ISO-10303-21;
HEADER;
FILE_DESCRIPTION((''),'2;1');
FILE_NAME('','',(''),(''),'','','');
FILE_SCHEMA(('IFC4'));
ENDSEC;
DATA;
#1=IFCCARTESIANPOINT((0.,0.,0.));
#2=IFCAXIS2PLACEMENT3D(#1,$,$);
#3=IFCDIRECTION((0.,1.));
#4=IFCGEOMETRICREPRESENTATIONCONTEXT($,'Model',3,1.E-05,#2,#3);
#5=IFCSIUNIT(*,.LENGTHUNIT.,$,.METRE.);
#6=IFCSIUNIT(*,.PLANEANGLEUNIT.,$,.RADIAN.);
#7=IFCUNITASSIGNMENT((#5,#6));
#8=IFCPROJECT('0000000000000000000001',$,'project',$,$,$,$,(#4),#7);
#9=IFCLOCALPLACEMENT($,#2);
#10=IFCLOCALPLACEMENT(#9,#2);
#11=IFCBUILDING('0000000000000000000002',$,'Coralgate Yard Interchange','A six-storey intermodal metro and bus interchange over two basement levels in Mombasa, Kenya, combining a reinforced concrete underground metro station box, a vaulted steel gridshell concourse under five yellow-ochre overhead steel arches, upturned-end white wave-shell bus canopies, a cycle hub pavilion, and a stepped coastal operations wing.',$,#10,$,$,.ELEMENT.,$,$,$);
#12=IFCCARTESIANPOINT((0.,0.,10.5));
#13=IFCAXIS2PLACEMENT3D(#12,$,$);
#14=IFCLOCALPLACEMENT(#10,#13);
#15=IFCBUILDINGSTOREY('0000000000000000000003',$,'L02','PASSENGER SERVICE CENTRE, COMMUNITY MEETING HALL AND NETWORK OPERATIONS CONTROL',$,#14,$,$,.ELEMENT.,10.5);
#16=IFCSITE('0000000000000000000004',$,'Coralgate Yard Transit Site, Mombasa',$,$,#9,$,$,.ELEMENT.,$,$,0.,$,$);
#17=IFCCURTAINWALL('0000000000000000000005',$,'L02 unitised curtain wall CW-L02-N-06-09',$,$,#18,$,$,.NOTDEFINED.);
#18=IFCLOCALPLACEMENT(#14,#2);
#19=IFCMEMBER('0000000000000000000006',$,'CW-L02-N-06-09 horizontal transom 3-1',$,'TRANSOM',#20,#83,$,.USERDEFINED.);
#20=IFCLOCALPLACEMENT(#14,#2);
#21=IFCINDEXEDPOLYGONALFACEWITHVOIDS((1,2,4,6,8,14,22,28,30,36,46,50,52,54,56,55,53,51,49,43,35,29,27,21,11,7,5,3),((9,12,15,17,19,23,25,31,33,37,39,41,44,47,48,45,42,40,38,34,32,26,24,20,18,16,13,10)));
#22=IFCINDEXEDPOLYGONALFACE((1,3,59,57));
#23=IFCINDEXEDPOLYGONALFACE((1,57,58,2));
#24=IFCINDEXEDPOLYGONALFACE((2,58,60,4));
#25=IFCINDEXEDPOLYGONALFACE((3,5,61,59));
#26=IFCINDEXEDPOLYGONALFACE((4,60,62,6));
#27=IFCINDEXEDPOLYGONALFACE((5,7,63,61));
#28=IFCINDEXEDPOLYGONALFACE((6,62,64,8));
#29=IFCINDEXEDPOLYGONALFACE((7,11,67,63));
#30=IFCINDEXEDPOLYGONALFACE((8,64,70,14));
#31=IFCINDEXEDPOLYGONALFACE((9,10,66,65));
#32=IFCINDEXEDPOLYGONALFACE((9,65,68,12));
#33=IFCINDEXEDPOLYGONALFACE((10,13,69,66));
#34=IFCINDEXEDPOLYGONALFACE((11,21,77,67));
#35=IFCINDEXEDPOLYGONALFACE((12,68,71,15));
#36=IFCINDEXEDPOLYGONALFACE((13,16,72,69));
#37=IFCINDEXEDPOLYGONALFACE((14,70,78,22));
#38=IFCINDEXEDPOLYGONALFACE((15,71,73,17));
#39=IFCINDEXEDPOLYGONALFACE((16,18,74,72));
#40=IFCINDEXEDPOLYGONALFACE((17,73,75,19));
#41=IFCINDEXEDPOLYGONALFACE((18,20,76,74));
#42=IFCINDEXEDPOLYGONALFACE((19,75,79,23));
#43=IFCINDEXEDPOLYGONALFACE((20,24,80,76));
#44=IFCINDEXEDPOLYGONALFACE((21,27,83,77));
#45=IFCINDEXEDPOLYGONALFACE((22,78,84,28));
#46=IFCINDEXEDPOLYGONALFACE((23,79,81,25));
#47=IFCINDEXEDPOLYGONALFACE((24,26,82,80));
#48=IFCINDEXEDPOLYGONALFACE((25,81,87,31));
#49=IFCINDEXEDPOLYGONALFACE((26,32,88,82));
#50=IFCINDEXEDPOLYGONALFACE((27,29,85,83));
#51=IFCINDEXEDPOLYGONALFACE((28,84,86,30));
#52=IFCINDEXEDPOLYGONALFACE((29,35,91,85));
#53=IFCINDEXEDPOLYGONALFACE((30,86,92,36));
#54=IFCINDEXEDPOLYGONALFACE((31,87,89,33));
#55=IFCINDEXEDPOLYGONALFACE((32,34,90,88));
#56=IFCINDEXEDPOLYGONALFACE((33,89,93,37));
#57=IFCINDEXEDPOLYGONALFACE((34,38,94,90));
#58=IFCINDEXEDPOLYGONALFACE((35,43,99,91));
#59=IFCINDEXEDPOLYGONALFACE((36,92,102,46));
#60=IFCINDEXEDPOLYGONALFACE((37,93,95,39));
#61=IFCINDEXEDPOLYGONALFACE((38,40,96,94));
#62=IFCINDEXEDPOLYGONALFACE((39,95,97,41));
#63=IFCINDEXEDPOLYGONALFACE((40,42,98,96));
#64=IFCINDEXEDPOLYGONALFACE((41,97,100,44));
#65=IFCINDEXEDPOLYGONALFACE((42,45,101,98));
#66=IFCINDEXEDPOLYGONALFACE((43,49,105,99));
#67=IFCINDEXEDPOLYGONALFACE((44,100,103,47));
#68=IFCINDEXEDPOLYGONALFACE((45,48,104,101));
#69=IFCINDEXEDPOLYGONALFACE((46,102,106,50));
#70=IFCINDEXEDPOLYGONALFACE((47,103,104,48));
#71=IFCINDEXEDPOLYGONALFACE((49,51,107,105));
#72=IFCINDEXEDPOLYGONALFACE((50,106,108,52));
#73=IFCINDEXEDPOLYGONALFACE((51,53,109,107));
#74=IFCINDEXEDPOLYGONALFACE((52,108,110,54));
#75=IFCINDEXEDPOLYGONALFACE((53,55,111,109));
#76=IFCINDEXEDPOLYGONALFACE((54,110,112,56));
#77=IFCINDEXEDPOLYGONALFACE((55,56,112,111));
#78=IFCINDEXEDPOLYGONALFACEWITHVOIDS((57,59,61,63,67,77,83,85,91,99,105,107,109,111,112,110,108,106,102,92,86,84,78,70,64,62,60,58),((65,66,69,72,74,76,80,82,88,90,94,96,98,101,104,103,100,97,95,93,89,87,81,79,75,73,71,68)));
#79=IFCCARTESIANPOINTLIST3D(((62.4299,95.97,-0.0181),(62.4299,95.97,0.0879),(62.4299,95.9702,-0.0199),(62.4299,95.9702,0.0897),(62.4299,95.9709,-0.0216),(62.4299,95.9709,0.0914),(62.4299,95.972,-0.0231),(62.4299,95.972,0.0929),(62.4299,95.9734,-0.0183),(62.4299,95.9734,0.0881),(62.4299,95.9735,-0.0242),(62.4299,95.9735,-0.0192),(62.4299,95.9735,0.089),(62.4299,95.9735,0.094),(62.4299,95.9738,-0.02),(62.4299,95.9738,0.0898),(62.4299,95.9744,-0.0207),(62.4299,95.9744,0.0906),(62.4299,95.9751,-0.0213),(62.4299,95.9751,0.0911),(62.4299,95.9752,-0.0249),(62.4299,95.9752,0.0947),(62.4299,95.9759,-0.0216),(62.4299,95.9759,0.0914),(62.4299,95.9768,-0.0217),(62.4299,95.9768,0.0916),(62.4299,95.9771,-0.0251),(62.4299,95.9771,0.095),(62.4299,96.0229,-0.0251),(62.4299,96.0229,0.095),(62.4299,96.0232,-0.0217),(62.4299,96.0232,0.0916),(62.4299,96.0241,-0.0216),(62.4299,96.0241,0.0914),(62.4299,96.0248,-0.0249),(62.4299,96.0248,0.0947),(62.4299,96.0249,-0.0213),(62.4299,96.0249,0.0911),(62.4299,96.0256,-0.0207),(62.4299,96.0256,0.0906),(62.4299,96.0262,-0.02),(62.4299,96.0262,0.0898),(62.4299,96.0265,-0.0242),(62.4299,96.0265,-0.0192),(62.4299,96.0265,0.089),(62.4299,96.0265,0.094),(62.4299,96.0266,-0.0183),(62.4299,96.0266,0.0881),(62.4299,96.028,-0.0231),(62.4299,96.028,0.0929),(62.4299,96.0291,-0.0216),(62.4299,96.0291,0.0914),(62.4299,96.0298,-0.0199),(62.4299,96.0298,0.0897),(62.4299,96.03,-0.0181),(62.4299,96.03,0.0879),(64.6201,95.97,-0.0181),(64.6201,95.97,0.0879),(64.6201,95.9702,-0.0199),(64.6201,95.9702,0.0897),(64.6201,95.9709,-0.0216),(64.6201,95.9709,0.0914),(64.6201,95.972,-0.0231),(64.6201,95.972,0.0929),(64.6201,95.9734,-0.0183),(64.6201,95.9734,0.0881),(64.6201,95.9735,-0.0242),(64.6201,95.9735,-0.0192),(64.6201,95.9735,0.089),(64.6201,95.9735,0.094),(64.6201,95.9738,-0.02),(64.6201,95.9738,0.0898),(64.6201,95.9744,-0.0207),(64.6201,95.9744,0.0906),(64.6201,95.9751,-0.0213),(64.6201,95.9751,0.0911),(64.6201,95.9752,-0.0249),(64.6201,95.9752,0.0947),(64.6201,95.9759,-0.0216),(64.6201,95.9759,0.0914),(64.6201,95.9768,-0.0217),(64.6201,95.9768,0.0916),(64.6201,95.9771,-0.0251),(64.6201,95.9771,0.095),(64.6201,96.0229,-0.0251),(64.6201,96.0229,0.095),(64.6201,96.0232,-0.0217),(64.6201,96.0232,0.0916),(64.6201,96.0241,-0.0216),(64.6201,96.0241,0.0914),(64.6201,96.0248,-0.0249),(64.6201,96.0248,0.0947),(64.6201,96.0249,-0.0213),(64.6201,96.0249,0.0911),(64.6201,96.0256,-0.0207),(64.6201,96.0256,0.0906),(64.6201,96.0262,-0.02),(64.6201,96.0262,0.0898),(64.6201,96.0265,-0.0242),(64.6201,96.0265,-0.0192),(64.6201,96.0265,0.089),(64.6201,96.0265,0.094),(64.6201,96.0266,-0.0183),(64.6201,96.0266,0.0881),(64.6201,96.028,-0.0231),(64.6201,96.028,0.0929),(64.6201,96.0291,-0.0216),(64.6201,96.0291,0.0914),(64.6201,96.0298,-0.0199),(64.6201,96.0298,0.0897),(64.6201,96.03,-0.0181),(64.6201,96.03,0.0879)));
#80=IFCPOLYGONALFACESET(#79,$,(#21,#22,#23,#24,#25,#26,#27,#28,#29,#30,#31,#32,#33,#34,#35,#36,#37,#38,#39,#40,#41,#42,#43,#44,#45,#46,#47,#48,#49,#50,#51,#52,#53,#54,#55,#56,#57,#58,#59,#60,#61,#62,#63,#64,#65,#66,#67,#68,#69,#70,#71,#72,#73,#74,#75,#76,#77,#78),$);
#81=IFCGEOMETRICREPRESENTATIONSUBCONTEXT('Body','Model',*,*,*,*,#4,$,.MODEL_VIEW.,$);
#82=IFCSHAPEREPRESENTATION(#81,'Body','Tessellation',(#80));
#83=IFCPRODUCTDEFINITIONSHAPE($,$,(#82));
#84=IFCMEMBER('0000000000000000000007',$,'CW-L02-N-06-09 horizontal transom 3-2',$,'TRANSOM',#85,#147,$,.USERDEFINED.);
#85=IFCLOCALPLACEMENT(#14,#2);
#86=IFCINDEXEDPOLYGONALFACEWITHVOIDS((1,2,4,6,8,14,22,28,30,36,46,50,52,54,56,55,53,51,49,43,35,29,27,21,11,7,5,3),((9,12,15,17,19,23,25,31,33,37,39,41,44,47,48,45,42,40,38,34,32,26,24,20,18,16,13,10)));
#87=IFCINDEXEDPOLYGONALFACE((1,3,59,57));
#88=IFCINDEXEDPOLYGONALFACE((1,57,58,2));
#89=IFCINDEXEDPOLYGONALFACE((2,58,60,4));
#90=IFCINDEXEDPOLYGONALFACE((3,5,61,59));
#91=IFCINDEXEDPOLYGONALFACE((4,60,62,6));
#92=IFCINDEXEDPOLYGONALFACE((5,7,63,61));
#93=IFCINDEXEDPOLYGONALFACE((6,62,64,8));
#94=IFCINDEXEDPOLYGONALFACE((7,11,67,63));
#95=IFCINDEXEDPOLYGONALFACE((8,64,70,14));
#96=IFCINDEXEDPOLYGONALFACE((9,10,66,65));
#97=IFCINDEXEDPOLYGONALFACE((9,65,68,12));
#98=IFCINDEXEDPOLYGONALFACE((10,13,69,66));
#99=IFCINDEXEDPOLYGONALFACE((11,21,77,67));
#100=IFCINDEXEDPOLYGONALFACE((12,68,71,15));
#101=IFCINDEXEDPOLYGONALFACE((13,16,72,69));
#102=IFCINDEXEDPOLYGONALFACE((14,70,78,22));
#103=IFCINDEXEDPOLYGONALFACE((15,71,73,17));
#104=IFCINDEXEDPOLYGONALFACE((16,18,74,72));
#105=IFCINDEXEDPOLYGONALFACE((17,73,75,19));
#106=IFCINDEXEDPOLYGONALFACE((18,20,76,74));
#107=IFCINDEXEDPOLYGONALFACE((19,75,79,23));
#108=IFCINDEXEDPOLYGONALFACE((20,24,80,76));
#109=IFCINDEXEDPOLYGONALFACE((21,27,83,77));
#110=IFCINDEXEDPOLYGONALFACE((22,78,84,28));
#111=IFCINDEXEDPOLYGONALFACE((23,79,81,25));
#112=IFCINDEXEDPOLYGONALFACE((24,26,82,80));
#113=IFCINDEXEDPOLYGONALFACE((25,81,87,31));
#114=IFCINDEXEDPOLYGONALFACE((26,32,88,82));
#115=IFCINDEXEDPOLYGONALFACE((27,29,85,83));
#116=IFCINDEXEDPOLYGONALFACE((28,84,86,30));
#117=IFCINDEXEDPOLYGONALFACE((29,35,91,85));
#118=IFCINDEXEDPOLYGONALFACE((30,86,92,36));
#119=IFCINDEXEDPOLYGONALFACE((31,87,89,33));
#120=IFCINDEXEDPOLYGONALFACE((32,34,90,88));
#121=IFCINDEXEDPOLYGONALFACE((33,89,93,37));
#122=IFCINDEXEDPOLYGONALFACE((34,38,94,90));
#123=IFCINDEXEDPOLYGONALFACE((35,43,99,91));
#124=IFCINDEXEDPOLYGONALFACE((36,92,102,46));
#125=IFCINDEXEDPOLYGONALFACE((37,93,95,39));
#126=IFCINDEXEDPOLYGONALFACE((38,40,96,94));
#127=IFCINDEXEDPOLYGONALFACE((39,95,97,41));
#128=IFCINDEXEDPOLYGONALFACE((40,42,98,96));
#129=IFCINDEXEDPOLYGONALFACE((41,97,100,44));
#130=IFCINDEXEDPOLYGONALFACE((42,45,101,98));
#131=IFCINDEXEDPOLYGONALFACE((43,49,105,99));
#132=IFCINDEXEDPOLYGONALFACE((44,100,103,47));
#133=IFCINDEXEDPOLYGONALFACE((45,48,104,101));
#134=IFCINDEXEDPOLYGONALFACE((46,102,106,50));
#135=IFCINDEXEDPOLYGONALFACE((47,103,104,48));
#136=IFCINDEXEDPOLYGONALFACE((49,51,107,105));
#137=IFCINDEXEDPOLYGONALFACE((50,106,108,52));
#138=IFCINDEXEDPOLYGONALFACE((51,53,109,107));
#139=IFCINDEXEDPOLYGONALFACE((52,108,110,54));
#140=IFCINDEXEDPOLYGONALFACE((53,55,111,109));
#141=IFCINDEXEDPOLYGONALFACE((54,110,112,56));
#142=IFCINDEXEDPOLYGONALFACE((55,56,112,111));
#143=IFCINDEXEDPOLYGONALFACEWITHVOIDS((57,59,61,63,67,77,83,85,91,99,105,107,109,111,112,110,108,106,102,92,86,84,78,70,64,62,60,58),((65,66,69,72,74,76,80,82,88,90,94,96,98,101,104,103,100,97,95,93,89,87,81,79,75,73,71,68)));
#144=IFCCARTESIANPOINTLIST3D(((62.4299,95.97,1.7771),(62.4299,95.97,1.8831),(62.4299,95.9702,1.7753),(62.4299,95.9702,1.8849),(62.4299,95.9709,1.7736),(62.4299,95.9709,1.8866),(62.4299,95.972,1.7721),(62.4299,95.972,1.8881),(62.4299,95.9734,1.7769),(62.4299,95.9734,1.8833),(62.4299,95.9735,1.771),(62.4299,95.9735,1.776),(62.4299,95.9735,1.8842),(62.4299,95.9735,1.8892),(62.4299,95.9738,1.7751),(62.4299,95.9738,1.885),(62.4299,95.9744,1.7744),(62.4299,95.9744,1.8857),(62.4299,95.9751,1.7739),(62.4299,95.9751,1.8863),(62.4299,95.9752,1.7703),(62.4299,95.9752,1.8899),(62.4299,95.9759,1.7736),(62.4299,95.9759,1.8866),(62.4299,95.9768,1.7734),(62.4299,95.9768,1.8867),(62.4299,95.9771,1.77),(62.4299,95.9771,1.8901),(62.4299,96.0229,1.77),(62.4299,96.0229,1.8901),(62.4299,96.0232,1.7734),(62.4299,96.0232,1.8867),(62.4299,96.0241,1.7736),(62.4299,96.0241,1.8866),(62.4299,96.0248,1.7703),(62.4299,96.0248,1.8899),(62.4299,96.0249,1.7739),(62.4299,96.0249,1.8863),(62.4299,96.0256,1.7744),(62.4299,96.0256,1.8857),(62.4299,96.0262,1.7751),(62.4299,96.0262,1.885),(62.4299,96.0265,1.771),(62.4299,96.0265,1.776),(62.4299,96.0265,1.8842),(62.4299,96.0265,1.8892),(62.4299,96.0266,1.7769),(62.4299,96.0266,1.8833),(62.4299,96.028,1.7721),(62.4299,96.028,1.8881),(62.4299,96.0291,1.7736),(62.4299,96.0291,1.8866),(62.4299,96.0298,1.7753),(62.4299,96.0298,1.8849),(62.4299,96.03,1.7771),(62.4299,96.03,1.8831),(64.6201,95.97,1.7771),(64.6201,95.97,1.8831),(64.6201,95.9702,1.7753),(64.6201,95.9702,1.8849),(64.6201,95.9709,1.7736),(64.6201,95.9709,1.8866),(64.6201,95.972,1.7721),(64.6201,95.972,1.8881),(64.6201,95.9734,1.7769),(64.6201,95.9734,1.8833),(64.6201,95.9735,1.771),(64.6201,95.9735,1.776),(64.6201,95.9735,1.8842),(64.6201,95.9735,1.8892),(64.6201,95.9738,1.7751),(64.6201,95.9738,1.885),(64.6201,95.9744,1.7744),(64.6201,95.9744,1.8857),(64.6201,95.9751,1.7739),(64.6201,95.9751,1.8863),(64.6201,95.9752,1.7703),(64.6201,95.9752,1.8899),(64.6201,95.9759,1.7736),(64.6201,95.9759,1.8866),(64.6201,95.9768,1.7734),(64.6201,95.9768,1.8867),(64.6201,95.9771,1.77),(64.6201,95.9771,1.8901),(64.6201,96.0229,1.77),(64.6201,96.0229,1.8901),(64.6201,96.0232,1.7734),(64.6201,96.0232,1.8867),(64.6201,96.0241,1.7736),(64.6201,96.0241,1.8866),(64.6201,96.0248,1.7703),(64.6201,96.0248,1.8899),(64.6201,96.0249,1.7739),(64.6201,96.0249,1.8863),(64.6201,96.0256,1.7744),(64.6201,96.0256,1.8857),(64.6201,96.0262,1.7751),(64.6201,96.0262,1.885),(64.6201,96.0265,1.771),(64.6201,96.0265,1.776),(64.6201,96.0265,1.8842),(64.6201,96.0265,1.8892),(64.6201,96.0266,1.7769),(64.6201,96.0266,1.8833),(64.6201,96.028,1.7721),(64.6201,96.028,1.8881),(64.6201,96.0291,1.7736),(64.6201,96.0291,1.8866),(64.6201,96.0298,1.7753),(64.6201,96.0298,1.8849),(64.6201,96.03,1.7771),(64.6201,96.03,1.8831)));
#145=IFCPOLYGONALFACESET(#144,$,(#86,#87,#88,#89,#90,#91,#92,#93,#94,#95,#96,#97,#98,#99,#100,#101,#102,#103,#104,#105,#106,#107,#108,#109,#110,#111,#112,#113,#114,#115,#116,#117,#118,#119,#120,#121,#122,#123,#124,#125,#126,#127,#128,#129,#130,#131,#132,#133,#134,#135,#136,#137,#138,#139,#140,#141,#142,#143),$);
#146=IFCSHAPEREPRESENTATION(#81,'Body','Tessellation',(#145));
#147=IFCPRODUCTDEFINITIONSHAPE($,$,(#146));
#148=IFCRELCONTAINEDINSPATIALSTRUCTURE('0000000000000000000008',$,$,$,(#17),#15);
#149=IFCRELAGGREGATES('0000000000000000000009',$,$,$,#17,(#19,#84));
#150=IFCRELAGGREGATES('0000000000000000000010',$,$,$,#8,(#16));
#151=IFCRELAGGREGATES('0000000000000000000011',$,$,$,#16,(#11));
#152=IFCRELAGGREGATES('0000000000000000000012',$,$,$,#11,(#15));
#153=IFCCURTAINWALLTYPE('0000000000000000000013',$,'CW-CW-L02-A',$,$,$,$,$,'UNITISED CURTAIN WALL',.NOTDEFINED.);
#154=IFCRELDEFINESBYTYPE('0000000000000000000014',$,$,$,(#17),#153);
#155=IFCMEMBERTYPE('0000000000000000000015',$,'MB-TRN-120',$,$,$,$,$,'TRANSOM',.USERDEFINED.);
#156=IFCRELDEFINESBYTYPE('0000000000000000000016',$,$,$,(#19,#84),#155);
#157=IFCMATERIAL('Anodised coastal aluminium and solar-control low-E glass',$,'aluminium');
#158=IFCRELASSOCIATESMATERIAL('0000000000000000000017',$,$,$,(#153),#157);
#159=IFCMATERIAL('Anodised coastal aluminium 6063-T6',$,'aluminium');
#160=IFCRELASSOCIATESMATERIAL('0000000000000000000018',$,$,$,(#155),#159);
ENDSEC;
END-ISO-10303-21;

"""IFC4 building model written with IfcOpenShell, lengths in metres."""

from ifc_helpers import new_model, si_unit, direction, frame, origin, origin_2d, place, context, subcontext, project, spatial, hollow_rectangle, extrude, material, material_profile, profile_set, type_object, element, aggregate, save


model = new_model("IFC4")

# Units and contexts
model_context = context("Model", 3, precision=1e-05, world=origin(), true_north=direction((0.0, 1.0)))
body_context = subcontext(model_context, "Body", "Model", "MODEL_VIEW")
ifc_project = project(units=[si_unit("LENGTHUNIT", "METRE"), si_unit("PLANEANGLEUNIT", "RADIAN")], contexts=[model_context])

# Site, building, storey
site_placement = place(None, origin())
site = spatial("IfcSite", under=ifc_project, at=site_placement, Name="Coralgate Yard Transit Site, Mombasa", CompositionType="ELEMENT", RefElevation=0.0)
building_placement = place(site_placement, origin())
building = spatial("IfcBuilding", under=site, at=building_placement, Name="Coralgate Yard Interchange", Description="A six-storey intermodal metro and bus interchange over two basement levels in Mombasa, Kenya, combining a reinforced concrete underground metro station box, a vaulted steel gridshell concourse under five yellow-ochre overhead steel arches, upturned-end white wave-shell bus canopies, a cycle hub pavilion, and a stepped coastal operations wing.", CompositionType="ELEMENT")
storey_placement = place(building_placement, frame((0.0, 0.0, 10.5)))
storey = spatial("IfcBuildingStorey", under=building, at=storey_placement, Name="L02", Description="PASSENGER SERVICE CENTRE, COMMUNITY MEETING HALL AND NETWORK OPERATIONS CONTROL", CompositionType="ELEMENT", Elevation=10.5)

# Curtain wall, members
ifc_material_1 = material(Name="Anodised coastal aluminium and solar-control low-E glass", Category="aluminium")
curtain_wall_type = type_object("IfcCurtainWallType", Name="CW-CW-L02-A", ElementType="UNITISED CURTAIN WALL", PredefinedType="NOTDEFINED", material=ifc_material_1)
curtain_wall_placement = place(storey_placement, origin())
curtain_wall = element("IfcCurtainWall", 1, at=curtain_wall_placement, inside=storey, type_object=curtain_wall_type, Name="L02 unitised curtain wall CW-L02-N-06-09", PredefinedType="NOTDEFINED")
ifc_material_2 = material(Name="Anodised coastal aluminium 6063-T6", Category="aluminium")
ifc_material_profile_1 = material_profile(ifc_material_2, hollow_rectangle(XDim=0.0601, YDim=0.1201, WallThickness=0.0034, InnerFilletRadius=0.0034, OuterFilletRadius=0.0071, at=origin_2d()), Name="ALU 60x120x3.5")
ifc_profile_set_1 = profile_set([ifc_material_profile_1], Name="Anodised coastal aluminium 6063-T6")
member_type_1 = type_object("IfcMemberType", Name="MB-TRN-120", ElementType="TRANSOM", PredefinedType="USERDEFINED", material=ifc_profile_set_1)
member_1_placement = place(storey_placement, frame((62.4299, 96.0, 0.0349), z_axis=(1.0, 0.0, 0.0), x_axis=(0.0, 1.0, 0.0)))
member_1 = element("IfcMember", 2, at=member_1_placement, type_object=member_type_1, Name="CW-L02-N-06-09 horizontal transom 3-1", ObjectType="TRANSOM", PredefinedType="USERDEFINED", context=body_context, shape_type="SweptSolid", body=[
    extrude(hollow_rectangle(XDim=0.0601, YDim=0.1201, WallThickness=0.0034, InnerFilletRadius=0.0034, OuterFilletRadius=0.0071, at=origin_2d()), origin(), (0.0, 0.0, 1.0), 2.1902),
])
member_2_placement = place(storey_placement, frame((62.4299, 96.0, 1.8301), z_axis=(1.0, 0.0, 0.0), x_axis=(0.0, 1.0, 0.0)))
member_2 = element("IfcMember", 3, at=member_2_placement, type_object=member_type_1, Name="CW-L02-N-06-09 horizontal transom 3-2", ObjectType="TRANSOM", PredefinedType="USERDEFINED", context=body_context, shape_type="SweptSolid", body=[
    extrude(hollow_rectangle(XDim=0.0601, YDim=0.1201, WallThickness=0.0034, InnerFilletRadius=0.0034, OuterFilletRadius=0.0071, at=origin_2d()), origin(), (0.0, 0.0, 1.0), 2.1902),
])
aggregate(curtain_wall, [member_1, member_2])

save(model, "model.ifc")
